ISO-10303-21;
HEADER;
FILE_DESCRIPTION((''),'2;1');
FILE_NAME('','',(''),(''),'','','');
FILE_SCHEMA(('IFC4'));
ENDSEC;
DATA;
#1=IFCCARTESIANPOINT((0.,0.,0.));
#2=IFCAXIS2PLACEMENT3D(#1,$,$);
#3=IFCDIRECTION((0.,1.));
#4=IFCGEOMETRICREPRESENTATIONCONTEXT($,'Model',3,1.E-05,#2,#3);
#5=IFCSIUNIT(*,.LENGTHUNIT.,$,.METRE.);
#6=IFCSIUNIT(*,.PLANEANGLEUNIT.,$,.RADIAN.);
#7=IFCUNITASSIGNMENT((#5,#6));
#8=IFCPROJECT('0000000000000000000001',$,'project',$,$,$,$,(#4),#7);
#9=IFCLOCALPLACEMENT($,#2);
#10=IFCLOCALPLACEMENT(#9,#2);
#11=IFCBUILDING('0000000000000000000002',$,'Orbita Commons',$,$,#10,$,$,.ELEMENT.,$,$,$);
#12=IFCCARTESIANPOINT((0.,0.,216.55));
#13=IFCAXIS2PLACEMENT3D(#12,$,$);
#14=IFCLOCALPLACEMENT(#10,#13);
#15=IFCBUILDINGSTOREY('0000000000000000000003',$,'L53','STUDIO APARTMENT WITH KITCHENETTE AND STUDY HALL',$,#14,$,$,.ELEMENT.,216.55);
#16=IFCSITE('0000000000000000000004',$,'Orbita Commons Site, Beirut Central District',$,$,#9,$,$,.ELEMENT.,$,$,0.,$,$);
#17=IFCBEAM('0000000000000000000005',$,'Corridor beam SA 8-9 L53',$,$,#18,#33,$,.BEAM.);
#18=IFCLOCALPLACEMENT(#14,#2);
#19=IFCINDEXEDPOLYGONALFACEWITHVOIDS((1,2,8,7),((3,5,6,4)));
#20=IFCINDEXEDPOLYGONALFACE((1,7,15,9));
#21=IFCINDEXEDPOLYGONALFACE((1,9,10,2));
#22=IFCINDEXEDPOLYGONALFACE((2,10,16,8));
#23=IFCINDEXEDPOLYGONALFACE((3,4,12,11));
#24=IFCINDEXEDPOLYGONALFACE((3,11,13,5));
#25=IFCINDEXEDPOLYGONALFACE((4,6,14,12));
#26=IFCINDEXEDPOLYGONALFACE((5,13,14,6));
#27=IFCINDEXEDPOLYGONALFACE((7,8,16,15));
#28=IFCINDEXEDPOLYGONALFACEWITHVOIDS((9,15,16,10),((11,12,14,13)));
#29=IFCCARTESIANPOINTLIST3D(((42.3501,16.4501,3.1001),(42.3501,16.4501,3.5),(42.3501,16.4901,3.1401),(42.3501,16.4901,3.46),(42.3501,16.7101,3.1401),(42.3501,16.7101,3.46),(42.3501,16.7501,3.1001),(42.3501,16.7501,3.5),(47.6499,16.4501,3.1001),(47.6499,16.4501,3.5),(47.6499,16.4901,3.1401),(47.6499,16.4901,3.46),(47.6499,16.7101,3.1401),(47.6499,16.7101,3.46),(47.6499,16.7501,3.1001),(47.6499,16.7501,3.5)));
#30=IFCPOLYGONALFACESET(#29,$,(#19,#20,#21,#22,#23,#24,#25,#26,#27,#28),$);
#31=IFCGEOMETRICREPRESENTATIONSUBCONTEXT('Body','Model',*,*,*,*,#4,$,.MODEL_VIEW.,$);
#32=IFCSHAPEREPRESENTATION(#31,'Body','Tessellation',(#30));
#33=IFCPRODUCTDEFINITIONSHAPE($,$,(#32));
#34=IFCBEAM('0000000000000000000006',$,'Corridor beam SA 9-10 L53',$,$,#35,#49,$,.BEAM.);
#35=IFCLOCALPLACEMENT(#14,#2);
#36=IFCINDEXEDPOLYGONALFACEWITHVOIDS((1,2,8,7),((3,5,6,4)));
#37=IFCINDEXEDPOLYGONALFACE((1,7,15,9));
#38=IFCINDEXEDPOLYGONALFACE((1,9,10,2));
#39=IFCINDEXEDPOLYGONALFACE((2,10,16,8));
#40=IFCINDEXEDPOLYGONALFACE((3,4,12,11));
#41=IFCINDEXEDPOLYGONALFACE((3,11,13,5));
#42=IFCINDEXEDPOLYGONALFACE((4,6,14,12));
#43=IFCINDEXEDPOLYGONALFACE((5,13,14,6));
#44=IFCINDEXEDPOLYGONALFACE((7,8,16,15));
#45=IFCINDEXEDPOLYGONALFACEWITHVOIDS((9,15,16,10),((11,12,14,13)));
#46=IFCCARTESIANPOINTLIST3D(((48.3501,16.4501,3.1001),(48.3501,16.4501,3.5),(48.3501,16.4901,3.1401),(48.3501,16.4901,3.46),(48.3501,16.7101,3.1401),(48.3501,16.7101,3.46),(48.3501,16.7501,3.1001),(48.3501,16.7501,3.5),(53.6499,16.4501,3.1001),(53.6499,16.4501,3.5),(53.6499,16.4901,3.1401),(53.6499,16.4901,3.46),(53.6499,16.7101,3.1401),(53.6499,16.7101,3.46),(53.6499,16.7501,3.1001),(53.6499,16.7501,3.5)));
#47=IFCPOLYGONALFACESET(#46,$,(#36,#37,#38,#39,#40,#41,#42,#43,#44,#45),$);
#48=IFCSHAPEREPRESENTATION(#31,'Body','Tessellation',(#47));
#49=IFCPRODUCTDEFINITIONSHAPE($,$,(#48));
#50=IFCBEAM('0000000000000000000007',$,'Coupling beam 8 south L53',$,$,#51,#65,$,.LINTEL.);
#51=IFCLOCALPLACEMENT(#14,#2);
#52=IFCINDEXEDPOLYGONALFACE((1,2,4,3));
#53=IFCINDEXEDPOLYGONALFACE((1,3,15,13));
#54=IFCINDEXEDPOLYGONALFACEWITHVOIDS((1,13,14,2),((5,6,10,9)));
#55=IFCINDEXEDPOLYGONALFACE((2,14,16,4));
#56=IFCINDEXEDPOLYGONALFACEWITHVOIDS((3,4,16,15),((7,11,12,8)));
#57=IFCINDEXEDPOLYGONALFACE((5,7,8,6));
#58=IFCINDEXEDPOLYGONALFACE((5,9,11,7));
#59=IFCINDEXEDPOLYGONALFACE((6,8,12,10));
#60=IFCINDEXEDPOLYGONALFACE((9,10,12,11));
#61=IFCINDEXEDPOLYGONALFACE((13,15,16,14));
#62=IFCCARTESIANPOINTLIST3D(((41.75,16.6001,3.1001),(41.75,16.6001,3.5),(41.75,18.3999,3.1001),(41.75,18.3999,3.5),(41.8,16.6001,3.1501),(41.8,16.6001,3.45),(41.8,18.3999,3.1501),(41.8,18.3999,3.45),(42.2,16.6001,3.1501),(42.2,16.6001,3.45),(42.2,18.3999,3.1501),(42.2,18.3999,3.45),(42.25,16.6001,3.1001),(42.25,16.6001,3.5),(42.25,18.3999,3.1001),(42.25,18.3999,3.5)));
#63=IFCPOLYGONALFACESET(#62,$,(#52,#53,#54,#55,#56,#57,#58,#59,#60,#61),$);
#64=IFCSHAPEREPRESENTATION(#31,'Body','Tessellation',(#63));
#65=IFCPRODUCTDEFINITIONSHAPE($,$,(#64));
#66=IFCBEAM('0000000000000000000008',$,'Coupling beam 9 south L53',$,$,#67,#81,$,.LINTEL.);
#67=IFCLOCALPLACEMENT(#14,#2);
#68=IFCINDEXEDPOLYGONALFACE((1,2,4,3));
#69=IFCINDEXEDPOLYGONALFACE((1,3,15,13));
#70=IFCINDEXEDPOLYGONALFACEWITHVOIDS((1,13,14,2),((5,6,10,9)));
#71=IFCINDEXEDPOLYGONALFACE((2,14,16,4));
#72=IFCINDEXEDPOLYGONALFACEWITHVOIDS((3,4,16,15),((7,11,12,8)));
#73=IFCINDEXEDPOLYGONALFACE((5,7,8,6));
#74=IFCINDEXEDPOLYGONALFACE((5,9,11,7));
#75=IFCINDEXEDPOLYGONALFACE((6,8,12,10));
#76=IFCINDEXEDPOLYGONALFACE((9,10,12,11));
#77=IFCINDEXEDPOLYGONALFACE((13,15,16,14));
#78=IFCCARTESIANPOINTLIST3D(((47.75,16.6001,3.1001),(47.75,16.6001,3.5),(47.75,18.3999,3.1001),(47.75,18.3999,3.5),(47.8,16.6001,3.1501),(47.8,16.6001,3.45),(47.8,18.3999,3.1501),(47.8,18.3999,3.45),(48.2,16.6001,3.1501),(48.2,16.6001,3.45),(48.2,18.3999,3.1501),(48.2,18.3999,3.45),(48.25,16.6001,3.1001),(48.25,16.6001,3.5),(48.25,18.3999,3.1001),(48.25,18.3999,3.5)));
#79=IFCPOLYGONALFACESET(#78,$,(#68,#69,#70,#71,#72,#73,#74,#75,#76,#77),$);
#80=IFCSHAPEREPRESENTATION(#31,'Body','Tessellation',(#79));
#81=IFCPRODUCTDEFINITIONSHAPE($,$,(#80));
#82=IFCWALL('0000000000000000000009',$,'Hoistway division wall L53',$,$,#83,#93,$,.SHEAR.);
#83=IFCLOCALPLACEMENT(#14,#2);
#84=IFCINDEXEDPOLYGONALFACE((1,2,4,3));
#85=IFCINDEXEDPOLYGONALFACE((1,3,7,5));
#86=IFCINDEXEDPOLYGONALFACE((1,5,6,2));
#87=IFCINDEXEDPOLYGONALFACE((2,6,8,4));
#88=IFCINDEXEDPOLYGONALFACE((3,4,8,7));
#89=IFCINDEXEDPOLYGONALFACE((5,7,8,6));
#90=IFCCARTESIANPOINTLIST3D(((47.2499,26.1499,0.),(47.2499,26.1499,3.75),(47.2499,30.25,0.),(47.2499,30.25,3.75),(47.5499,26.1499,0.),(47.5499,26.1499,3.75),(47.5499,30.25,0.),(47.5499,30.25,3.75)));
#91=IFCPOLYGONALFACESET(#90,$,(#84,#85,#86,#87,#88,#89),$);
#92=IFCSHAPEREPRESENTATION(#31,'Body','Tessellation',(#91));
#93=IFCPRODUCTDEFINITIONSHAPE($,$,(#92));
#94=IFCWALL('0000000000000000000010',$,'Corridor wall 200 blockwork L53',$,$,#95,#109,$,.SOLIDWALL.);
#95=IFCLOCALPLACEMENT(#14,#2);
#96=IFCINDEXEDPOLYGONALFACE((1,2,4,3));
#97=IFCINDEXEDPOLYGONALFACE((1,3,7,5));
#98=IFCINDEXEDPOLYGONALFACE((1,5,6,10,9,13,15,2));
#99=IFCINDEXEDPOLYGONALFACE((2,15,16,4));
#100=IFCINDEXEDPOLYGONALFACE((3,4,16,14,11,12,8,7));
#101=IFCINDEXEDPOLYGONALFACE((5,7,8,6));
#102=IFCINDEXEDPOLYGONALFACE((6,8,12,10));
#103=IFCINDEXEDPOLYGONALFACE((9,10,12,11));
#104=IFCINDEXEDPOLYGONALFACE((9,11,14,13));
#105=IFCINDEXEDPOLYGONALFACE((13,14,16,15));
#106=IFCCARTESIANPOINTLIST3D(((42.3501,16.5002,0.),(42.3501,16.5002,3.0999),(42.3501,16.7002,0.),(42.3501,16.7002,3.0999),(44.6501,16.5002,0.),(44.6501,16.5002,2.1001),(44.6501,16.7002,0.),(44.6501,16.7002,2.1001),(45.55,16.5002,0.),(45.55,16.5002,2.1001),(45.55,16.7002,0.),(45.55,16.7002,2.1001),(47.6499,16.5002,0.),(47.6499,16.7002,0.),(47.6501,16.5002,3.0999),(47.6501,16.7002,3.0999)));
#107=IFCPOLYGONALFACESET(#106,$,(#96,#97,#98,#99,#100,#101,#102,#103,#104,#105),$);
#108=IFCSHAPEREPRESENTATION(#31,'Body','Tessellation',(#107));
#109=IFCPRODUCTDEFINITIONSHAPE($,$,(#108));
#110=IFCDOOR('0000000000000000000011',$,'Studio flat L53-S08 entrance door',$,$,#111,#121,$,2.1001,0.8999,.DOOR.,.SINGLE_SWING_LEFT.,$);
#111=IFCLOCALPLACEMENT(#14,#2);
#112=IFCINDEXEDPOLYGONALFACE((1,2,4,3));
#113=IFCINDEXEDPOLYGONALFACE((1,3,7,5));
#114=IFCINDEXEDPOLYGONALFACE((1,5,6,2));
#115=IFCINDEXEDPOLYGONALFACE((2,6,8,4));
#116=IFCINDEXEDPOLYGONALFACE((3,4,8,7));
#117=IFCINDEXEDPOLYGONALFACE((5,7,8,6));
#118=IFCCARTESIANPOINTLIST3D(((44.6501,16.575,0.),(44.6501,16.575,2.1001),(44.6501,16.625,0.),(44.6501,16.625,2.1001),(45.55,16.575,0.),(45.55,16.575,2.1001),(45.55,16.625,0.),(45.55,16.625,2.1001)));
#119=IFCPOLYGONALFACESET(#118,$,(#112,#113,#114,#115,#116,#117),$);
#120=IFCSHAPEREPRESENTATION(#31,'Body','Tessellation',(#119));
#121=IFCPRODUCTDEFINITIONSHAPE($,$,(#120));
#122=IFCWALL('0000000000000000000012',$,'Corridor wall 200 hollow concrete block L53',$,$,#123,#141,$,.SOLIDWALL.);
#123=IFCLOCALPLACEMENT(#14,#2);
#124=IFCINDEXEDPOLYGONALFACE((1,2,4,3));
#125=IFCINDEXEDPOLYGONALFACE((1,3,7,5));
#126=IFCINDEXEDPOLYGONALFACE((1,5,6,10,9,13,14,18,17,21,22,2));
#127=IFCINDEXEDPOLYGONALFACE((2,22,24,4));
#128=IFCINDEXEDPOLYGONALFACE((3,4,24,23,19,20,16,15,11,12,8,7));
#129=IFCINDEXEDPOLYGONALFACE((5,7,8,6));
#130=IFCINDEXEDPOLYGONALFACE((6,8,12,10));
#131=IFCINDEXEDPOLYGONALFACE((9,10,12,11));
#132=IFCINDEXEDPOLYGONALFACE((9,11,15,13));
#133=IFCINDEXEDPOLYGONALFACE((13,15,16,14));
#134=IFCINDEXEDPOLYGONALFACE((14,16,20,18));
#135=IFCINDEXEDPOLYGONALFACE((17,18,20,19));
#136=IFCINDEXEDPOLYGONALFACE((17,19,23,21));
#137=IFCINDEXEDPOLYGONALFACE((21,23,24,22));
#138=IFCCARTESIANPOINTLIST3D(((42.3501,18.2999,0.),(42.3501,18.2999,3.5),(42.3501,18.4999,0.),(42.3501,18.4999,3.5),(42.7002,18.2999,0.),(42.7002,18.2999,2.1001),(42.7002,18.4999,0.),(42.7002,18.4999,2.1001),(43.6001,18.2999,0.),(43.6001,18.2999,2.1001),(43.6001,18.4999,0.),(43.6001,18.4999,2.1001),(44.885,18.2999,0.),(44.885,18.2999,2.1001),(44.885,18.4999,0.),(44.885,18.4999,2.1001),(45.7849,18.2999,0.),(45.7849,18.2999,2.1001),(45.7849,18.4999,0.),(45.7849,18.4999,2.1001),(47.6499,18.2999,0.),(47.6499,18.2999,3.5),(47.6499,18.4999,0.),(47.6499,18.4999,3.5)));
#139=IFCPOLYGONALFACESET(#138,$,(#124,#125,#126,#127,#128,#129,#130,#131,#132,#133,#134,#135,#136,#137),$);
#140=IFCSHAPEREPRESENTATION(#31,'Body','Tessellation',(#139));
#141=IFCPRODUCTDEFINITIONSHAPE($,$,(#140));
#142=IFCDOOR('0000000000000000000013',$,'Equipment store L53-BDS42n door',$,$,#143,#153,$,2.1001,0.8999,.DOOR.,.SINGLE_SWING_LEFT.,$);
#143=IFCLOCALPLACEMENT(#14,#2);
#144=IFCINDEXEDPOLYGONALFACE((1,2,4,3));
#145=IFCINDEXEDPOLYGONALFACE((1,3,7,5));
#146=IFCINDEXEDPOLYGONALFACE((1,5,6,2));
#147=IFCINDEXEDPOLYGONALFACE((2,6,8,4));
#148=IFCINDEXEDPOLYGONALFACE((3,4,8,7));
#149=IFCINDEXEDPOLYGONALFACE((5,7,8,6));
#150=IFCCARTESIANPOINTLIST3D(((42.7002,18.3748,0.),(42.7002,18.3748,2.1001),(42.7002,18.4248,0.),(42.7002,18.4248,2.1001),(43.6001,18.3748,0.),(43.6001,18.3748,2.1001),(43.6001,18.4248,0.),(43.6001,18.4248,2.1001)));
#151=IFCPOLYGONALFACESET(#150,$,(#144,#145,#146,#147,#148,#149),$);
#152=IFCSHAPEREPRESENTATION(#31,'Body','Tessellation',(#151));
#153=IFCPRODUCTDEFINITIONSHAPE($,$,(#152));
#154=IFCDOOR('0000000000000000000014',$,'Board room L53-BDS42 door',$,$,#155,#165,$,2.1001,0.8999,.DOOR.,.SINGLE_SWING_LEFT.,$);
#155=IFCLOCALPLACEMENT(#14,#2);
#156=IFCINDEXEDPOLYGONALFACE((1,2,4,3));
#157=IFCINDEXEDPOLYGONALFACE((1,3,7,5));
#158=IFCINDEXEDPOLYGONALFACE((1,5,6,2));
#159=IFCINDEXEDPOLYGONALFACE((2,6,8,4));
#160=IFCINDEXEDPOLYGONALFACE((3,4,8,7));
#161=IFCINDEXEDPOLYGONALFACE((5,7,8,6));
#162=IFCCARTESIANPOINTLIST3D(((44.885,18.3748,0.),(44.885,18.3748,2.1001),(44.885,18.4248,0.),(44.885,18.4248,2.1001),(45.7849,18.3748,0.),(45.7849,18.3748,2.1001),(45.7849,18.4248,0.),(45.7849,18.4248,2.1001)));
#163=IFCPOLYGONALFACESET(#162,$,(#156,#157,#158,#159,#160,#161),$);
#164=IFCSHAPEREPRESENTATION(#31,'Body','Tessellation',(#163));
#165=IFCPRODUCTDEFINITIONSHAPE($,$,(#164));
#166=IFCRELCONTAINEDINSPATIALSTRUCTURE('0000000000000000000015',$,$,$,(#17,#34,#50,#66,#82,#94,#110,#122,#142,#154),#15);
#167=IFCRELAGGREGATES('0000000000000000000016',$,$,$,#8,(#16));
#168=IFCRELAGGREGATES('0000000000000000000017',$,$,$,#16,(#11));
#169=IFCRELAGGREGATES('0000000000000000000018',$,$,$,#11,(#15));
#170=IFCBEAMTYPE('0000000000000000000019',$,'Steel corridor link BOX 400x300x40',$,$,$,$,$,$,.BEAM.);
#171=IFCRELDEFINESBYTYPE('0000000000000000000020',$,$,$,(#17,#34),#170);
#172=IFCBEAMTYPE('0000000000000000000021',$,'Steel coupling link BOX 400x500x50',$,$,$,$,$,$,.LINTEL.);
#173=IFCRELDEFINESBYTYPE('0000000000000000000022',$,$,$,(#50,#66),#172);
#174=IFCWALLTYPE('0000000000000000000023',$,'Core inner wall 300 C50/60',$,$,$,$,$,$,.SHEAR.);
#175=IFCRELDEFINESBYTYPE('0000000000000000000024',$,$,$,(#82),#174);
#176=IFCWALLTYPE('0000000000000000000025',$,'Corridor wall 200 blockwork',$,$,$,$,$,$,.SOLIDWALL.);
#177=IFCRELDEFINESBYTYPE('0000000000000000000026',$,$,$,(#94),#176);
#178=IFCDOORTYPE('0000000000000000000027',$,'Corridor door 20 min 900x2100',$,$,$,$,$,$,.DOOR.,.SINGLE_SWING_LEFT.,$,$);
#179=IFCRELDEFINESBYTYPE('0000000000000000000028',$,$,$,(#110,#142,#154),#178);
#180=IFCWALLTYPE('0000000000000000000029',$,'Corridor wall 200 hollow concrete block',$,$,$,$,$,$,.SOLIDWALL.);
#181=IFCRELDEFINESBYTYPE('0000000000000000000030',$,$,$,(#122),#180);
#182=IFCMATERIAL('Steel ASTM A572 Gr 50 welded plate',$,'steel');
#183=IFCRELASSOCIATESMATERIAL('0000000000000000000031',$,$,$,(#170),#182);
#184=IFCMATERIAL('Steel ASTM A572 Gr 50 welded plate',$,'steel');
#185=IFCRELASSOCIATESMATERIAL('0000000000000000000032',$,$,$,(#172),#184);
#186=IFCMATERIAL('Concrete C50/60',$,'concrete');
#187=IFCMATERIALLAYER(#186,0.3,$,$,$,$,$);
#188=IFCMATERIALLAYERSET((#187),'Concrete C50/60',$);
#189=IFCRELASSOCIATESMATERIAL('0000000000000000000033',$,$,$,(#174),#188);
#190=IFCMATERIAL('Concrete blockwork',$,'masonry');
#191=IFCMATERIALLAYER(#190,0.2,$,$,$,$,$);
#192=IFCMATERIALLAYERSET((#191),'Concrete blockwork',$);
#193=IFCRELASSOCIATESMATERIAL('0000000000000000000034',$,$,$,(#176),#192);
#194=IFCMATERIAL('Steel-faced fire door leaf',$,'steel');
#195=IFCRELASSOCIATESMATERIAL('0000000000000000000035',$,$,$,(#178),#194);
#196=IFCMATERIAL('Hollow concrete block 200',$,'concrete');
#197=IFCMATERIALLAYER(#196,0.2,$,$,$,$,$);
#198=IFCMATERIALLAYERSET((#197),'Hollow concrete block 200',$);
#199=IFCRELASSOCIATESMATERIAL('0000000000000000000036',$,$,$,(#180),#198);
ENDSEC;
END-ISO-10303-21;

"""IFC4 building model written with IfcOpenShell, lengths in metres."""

from ifc_helpers import new_model, si_unit, direction, frame, frame_2d, origin, origin_2d, place, context, subcontext, project, spatial, polyline, rectangle, hollow_rectangle, outline, extrude, material, layer, layer_set, material_profile, profile_set, type_object, element, fill, save


model = new_model("IFC4")

# Units and contexts
model_context = context("Model", 3, precision=1e-05, world=origin(), true_north=direction((0.0, 1.0)))
body_context = subcontext(model_context, "Body", "Model", "MODEL_VIEW")
ifc_project = project(units=[si_unit("LENGTHUNIT", "METRE"), si_unit("PLANEANGLEUNIT", "RADIAN")], contexts=[model_context])

# Site, building, storey
site_placement = place(None, origin())
site = spatial("IfcSite", under=ifc_project, at=site_placement, Name="Orbita Commons Site, Beirut Central District", CompositionType="ELEMENT", RefElevation=0.0)
building_placement = place(site_placement, origin())
building = spatial("IfcBuilding", under=site, at=building_placement, Name="Orbita Commons", CompositionType="ELEMENT")
storey_placement = place(building_placement, frame((0.0, 0.0, 216.55)))
storey = spatial("IfcBuildingStorey", under=building, at=storey_placement, Name="L53", Description="STUDIO APARTMENT WITH KITCHENETTE AND STUDY HALL", CompositionType="ELEMENT", Elevation=216.55)

# Beams
ifc_material_1 = material(Name="Steel ASTM A572 Gr 50 welded plate", Category="steel")
ifc_material_profile_1 = material_profile(ifc_material_1, hollow_rectangle(XDim=0.3, YDim=0.3999, WallThickness=0.04, at=origin_2d()), Name="BOX 400x300x40")
ifc_profile_set_1 = profile_set([ifc_material_profile_1], Name="Steel ASTM A572 Gr 50 welded plate")
beam_type_1 = type_object("IfcBeamType", Name="Steel corridor link BOX 400x300x40", PredefinedType="BEAM", material=ifc_profile_set_1)
for number, where, z_axis, x_axis, name in (
    (1, (42.3501, 16.6001, 3.3), (1.0, 0.0, 0.0), (0.0, 1.0, 0.0), "Corridor beam SA 8-9 L53"),
    (2, (48.3501, 16.6001, 3.3), (1.0, 0.0, 0.0), (0.0, 1.0, 0.0), "Corridor beam SA 9-10 L53"),
):
    element("IfcBeam", number, at=place(storey_placement, frame(where, z_axis=z_axis, x_axis=x_axis)), inside=storey, type_object=beam_type_1, Name=name, PredefinedType="BEAM", context=body_context, shape_type="SweptSolid", body=[
        extrude(hollow_rectangle(XDim=0.3, YDim=0.3999, WallThickness=0.04, at=origin_2d()), origin(), (0.0, 0.0, 1.0), 5.2998),
    ])
ifc_material_2 = material(Name="Steel ASTM A572 Gr 50 welded plate", Category="steel")
ifc_material_profile_2 = material_profile(ifc_material_2, hollow_rectangle(XDim=0.5, YDim=0.3999, WallThickness=0.05, at=origin_2d()), Name="BOX 400x500x50")
ifc_profile_set_2 = profile_set([ifc_material_profile_2], Name="Steel ASTM A572 Gr 50 welded plate")
beam_type_2 = type_object("IfcBeamType", Name="Steel coupling link BOX 400x500x50", PredefinedType="LINTEL", material=ifc_profile_set_2)
for number, where, z_axis, x_axis, name in (
    (3, (42.0, 16.6001, 3.3), (0.0, 1.0, 0.0), (-1.0, 0.0, 0.0), "Coupling beam 8 south L53"),
    (4, (48.0, 16.6001, 3.3), (0.0, 1.0, 0.0), (-1.0, 0.0, 0.0), "Coupling beam 9 south L53"),
):
    element("IfcBeam", number, at=place(storey_placement, frame(where, z_axis=z_axis, x_axis=x_axis)), inside=storey, type_object=beam_type_2, Name=name, PredefinedType="LINTEL", context=body_context, shape_type="SweptSolid", body=[
        extrude(hollow_rectangle(XDim=0.5, YDim=0.3999, WallThickness=0.05, at=origin_2d()), origin(), (0.0, 0.0, 1.0), 1.7998),
    ])

# Wall
ifc_material_3 = material(Name="Concrete C50/60", Category="concrete")
ifc_layer_1 = layer(ifc_material_3, 0.3)
ifc_layer_set_1 = layer_set([ifc_layer_1], Name="Concrete C50/60")
wall_type_1 = type_object("IfcWallType", Name="Core inner wall 300 C50/60", PredefinedType="SHEAR", material=ifc_layer_set_1)
wall_1_placement = place(storey_placement, frame((47.3999, 26.1499, 0.0), z_axis=(0.0, 0.0, 1.0), x_axis=(0.0, 1.0, 0.0)))
element("IfcWall", 5, at=wall_1_placement, inside=storey, type_object=wall_type_1, Name="Hoistway division wall L53", PredefinedType="SHEAR", context=body_context, shape_type="SweptSolid", body=[
    extrude(rectangle(XDim=4.1001, YDim=0.3, at=frame_2d((2.05, 0.0))), origin(), (0.0, 0.0, 1.0), 3.75),
])

# Wall, opening, door
ifc_material_4 = material(Name="Concrete blockwork", Category="masonry")
ifc_layer_2 = layer(ifc_material_4, 0.2)
ifc_layer_set_2 = layer_set([ifc_layer_2], Name="Concrete blockwork")
wall_type_2 = type_object("IfcWallType", Name="Corridor wall 200 blockwork", PredefinedType="SOLIDWALL", material=ifc_layer_set_2)
wall_2_placement = place(storey_placement, frame((42.3501, 16.6001, 0.0), z_axis=(0.0, 0.0, 1.0), x_axis=(1.0, 0.0, 0.0)))
wall_2 = element("IfcWall", 6, at=wall_2_placement, inside=storey, type_object=wall_type_2, Name="Corridor wall 200 blockwork L53", PredefinedType="SOLIDWALL", context=body_context, shape_type="SweptSolid", body=[
    extrude(outline(polyline([(0.0, 0.0), (5.2998, 0.0), (5.3, 3.0999), (0.0, 3.0999), (0.0, 0.0)])), frame((0.0, 0.1001, 0.0), z_axis=(0.0, -1.0, 0.0), x_axis=(1.0, 0.0, 0.0)), (0.0, 0.0, 1.0), 0.2),
])
opening_1_placement = place(wall_2_placement, frame((2.3, 0.0, 0.0)))
opening_1 = element("IfcOpeningElement", 7, at=opening_1_placement, cuts=wall_2, PredefinedType="OPENING", context=body_context, shape_type="SweptSolid", body=[
    extrude(rectangle(XDim=0.8999, YDim=2.1001, at=frame_2d((0.45, 1.05))), frame((0.0, 0.1099, 0.0), z_axis=(0.0, -1.0, 0.0), x_axis=(1.0, 0.0, 0.0)), (0.0, 0.0, 1.0), 0.22),
])
ifc_material_5 = material(Name="Steel-faced fire door leaf", Category="steel")
door_type_1 = type_object("IfcDoorType", Name="Corridor door 20 min 900x2100", OperationType="SINGLE_SWING_LEFT", PredefinedType="DOOR", material=ifc_material_5)
door_1_placement = place(opening_1_placement, origin())
door_1 = element("IfcDoor", 8, at=door_1_placement, inside=storey, type_object=door_type_1, Name="Studio flat L53-S08 entrance door", OperationType="SINGLE_SWING_LEFT", OverallHeight=2.1001, OverallWidth=0.8999, PredefinedType="DOOR", context=body_context, shape_type="SweptSolid", body=[
    extrude(rectangle(XDim=0.8999, YDim=2.1001, at=frame_2d((0.45, 1.05))), frame((0.0, 0.0249, 0.0), z_axis=(0.0, -1.0, 0.0), x_axis=(1.0, 0.0, 0.0)), (0.0, 0.0, 1.0), 0.05),
])
fill(opening_1, door_1)

# Wall, openings, doors
ifc_material_6 = material(Name="Hollow concrete block 200", Category="concrete")
ifc_layer_3 = layer(ifc_material_6, 0.2)
ifc_layer_set_3 = layer_set([ifc_layer_3], Name="Hollow concrete block 200")
wall_type_3 = type_object("IfcWallType", Name="Corridor wall 200 hollow concrete block", PredefinedType="SOLIDWALL", material=ifc_layer_set_3)
wall_3_placement = place(storey_placement, frame((42.3501, 18.3999, 0.0), z_axis=(0.0, 0.0, 1.0), x_axis=(1.0, 0.0, 0.0)))
wall_3 = element("IfcWall", 9, at=wall_3_placement, inside=storey, type_object=wall_type_3, Name="Corridor wall 200 hollow concrete block L53", PredefinedType="SOLIDWALL", context=body_context, shape_type="SweptSolid", body=[
    extrude(rectangle(XDim=5.2998, YDim=0.2, at=frame_2d((2.6499, 0.0))), origin(), (0.0, 0.0, 1.0), 3.5),
])
opening_2_placement = place(wall_3_placement, frame((0.3501, 0.0, 0.0)))
opening_2 = element("IfcOpeningElement", 10, at=opening_2_placement, cuts=wall_3, PredefinedType="OPENING", context=body_context, shape_type="SweptSolid", body=[
    extrude(rectangle(XDim=0.8999, YDim=2.1001, at=frame_2d((0.45, 1.05))), frame((0.0, 0.1099, 0.0), z_axis=(0.0, -1.0, 0.0), x_axis=(1.0, 0.0, 0.0)), (0.0, 0.0, 1.0), 0.22),
])
opening_3_placement = place(wall_3_placement, frame((2.5349, 0.0, 0.0)))
opening_3 = element("IfcOpeningElement", 11, at=opening_3_placement, cuts=wall_3, PredefinedType="OPENING", context=body_context, shape_type="SweptSolid", body=[
    extrude(rectangle(XDim=0.8999, YDim=2.1001, at=frame_2d((0.45, 1.05))), frame((0.0, 0.1099, 0.0), z_axis=(0.0, -1.0, 0.0), x_axis=(1.0, 0.0, 0.0)), (0.0, 0.0, 1.0), 0.22),
])
door_2_placement = place(opening_2_placement, origin())
door_2 = element("IfcDoor", 12, at=door_2_placement, inside=storey, type_object=door_type_1, Name="Equipment store L53-BDS42n door", OperationType="SINGLE_SWING_LEFT", OverallHeight=2.1001, OverallWidth=0.8999, PredefinedType="DOOR", context=body_context, shape_type="SweptSolid", body=[
    extrude(rectangle(XDim=0.8999, YDim=2.1001, at=frame_2d((0.45, 1.05))), frame((0.0, 0.0249, 0.0), z_axis=(0.0, -1.0, 0.0), x_axis=(1.0, 0.0, 0.0)), (0.0, 0.0, 1.0), 0.05),
])
fill(opening_2, door_2)
door_3_placement = place(opening_3_placement, origin())
door_3 = element("IfcDoor", 13, at=door_3_placement, inside=storey, type_object=door_type_1, Name="Board room L53-BDS42 door", OperationType="SINGLE_SWING_LEFT", OverallHeight=2.1001, OverallWidth=0.8999, PredefinedType="DOOR", context=body_context, shape_type="SweptSolid", body=[
    extrude(rectangle(XDim=0.8999, YDim=2.1001, at=frame_2d((0.45, 1.05))), frame((0.0, 0.0249, 0.0), z_axis=(0.0, -1.0, 0.0), x_axis=(1.0, 0.0, 0.0)), (0.0, 0.0, 1.0), 0.05),
])
fill(opening_3, door_3)

save(model, "model.ifc")
